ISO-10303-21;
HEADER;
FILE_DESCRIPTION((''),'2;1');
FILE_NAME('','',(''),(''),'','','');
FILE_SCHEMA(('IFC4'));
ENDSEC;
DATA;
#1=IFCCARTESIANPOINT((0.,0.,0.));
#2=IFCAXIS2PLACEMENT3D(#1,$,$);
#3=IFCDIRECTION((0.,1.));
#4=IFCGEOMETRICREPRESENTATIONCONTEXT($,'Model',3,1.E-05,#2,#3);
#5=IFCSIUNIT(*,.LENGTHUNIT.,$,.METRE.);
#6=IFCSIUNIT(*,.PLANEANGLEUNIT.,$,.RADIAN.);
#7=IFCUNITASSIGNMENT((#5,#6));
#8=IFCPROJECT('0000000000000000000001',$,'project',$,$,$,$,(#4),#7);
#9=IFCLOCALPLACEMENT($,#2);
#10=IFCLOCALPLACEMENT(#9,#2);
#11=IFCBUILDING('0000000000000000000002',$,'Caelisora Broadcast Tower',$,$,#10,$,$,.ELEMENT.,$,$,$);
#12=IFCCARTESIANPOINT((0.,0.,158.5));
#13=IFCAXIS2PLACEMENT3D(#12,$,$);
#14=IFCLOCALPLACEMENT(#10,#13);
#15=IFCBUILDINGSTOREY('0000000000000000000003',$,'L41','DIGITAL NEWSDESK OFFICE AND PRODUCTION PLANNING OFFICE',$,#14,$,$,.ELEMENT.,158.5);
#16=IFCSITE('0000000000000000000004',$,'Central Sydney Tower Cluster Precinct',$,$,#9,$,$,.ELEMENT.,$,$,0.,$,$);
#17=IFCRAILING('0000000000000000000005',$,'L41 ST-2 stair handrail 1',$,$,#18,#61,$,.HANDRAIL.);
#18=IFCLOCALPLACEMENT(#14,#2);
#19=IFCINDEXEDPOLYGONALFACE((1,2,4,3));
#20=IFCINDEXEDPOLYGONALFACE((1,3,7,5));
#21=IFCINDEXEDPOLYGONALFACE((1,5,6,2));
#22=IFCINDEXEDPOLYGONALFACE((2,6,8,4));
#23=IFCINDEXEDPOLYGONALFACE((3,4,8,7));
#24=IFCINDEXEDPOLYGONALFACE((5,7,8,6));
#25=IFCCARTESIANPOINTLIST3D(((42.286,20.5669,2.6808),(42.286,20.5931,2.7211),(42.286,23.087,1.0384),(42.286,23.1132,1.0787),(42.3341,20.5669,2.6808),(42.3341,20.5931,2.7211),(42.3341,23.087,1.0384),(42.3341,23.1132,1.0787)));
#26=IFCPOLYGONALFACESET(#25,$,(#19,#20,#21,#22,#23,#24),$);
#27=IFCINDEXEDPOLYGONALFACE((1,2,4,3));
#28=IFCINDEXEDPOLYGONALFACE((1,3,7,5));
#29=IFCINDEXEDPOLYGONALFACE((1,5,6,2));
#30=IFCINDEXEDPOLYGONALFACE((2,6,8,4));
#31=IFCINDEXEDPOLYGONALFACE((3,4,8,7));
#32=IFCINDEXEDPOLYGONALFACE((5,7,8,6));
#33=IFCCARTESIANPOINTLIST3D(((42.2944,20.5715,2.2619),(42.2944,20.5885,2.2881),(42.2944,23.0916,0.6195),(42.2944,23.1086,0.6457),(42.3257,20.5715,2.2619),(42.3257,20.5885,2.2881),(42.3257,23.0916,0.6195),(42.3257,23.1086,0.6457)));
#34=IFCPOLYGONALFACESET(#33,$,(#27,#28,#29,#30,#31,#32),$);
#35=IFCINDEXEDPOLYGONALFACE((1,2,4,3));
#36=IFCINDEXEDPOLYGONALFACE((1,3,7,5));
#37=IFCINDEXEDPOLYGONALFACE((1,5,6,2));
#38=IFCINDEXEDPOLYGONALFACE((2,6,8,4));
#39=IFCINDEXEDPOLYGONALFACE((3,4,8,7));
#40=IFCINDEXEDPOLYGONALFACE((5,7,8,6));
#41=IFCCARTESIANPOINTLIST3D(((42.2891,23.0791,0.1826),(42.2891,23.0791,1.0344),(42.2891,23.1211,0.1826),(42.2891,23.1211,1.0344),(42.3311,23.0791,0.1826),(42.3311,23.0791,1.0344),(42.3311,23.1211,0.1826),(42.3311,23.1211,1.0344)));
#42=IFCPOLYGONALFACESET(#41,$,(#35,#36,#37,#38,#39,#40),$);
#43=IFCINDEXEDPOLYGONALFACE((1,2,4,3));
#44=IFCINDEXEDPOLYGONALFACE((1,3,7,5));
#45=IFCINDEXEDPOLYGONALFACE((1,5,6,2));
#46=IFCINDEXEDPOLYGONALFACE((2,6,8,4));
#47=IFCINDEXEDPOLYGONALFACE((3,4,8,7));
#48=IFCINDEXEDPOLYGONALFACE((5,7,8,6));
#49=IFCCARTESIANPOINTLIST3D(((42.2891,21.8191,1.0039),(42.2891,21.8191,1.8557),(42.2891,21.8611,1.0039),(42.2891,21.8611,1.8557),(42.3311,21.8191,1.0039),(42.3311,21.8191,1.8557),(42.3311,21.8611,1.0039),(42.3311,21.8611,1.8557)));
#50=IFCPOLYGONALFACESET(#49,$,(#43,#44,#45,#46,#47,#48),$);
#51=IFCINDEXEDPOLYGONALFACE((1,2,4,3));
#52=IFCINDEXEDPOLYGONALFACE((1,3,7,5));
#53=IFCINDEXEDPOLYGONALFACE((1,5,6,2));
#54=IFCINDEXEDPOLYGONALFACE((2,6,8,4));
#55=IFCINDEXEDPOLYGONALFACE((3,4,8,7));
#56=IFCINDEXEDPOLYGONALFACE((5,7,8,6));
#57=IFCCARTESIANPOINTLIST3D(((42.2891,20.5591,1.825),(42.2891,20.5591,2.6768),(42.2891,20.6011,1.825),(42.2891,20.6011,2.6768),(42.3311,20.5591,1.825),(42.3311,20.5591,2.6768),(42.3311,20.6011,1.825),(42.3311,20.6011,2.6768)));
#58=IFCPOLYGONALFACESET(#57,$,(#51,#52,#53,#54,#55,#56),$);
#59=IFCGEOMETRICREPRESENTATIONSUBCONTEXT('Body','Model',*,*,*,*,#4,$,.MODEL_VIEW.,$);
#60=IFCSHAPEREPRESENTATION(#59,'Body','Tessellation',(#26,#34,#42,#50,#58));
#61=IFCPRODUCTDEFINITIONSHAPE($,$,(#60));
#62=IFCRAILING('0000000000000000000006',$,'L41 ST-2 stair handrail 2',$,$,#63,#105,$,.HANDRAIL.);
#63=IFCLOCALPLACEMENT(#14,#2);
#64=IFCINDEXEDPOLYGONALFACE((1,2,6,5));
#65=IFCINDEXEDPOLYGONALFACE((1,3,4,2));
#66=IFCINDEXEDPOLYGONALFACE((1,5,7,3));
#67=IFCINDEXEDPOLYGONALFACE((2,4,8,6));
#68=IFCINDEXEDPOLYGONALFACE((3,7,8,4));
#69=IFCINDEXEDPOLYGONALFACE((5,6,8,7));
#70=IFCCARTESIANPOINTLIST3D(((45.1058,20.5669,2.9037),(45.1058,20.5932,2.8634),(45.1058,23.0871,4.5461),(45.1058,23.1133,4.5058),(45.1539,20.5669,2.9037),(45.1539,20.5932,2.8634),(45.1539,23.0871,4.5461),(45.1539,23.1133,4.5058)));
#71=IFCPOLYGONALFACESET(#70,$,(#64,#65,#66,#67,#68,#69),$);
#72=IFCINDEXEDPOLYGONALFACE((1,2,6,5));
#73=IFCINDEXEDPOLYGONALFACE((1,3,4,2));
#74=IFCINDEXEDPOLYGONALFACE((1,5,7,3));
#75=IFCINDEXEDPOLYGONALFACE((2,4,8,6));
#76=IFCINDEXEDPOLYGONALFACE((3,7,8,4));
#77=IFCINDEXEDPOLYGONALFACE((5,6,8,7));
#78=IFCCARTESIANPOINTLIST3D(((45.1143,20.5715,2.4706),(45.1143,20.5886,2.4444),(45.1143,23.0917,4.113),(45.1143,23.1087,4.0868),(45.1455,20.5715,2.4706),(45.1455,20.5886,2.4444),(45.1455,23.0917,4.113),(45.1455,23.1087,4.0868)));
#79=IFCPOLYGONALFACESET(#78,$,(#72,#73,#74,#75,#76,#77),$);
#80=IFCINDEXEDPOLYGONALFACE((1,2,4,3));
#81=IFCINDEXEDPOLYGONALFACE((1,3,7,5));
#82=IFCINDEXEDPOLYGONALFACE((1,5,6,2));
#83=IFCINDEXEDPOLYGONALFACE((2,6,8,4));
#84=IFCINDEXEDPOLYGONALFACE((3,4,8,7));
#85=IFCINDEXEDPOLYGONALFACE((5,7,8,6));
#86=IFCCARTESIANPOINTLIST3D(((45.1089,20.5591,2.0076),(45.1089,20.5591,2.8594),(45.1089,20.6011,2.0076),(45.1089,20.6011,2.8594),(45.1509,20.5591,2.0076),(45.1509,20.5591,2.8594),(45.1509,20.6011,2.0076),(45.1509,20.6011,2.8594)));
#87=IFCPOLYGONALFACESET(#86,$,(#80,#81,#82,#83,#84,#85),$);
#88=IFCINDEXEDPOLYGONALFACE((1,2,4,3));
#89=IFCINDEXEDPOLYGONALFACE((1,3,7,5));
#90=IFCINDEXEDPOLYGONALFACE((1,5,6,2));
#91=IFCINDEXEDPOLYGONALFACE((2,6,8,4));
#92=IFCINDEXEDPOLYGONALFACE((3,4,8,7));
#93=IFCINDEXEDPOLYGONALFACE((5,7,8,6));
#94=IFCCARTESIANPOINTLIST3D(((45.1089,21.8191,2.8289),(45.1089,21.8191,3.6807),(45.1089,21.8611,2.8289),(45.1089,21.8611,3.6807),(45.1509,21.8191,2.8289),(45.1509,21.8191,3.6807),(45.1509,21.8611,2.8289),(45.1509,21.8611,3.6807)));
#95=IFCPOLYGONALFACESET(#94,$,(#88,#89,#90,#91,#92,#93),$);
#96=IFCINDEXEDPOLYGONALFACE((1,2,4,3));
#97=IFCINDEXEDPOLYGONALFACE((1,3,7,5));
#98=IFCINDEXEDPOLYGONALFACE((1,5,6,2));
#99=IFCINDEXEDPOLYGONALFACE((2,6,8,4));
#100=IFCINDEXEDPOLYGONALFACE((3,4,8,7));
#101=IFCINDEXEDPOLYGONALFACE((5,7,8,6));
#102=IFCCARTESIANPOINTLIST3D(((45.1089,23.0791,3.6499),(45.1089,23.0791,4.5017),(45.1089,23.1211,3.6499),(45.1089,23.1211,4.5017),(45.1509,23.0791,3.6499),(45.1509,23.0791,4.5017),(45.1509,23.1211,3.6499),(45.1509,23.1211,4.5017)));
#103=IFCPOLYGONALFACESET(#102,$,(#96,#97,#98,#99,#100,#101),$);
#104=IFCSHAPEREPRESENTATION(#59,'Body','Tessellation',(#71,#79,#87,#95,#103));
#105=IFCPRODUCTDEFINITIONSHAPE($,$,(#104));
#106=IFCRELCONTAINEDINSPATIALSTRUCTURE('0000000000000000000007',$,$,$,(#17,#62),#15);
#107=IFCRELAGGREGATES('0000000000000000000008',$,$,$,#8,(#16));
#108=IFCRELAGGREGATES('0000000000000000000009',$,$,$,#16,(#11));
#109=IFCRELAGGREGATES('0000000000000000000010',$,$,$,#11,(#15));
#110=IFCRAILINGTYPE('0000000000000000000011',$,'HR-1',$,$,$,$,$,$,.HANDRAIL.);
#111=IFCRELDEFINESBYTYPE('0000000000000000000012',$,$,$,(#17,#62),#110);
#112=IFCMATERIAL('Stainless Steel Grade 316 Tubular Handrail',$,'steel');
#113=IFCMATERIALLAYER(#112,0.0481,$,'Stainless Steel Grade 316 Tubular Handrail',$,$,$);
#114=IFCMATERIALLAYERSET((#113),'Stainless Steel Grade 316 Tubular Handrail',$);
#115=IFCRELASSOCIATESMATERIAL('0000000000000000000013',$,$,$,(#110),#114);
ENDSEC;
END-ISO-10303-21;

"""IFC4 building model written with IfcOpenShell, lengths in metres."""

from ifc_helpers import new_model, si_unit, direction, frame, origin, origin_2d, place, context, subcontext, project, spatial, rectangle, extrude, material, layer, layer_set, type_object, element, save


model = new_model("IFC4")

# Units and contexts
model_context = context("Model", 3, precision=1e-05, world=origin(), true_north=direction((0.0, 1.0)))
body_context = subcontext(model_context, "Body", "Model", "MODEL_VIEW")
ifc_project = project(units=[si_unit("LENGTHUNIT", "METRE"), si_unit("PLANEANGLEUNIT", "RADIAN")], contexts=[model_context])

# Site, building, storey
site_placement = place(None, origin())
site = spatial("IfcSite", under=ifc_project, at=site_placement, Name="Central Sydney Tower Cluster Precinct", CompositionType="ELEMENT", RefElevation=0.0)
building_placement = place(site_placement, origin())
building = spatial("IfcBuilding", under=site, at=building_placement, Name="Caelisora Broadcast Tower", CompositionType="ELEMENT")
storey_placement = place(building_placement, frame((0.0, 0.0, 158.5)))
storey = spatial("IfcBuildingStorey", under=building, at=storey_placement, Name="L41", Description="DIGITAL NEWSDESK OFFICE AND PRODUCTION PLANNING OFFICE", CompositionType="ELEMENT", Elevation=158.5)

# Railings
ifc_material_1 = material(Name="Stainless Steel Grade 316 Tubular Handrail", Category="steel")
ifc_layer_1 = layer(ifc_material_1, 0.0481, Name="Stainless Steel Grade 316 Tubular Handrail")
ifc_layer_set_1 = layer_set([ifc_layer_1], Name="Stainless Steel Grade 316 Tubular Handrail")
railing_type_1 = type_object("IfcRailingType", Name="HR-1", PredefinedType="HANDRAIL", material=ifc_layer_set_1)
railing_1_placement = place(storey_placement, frame((42.3101, 23.1001, 0.1826)))
element("IfcRailing", 1, at=railing_1_placement, inside=storey, type_object=railing_type_1, Name="L41 ST-2 stair handrail 1", PredefinedType="HANDRAIL", context=body_context, shape_type="SweptSolid", body=[
    extrude(rectangle(XDim=0.0481, YDim=0.0481, at=origin_2d()), frame((0.0, 0.0, 0.876), z_axis=(0.0, -0.837787, 0.545998), x_axis=(1.0, 0.0, 0.0)), (0.0, 0.0, 1.0), 3.0081),
    extrude(rectangle(XDim=0.0312, YDim=0.0312, at=origin_2d()), frame((0.0, 0.0, 0.45), z_axis=(0.0, -0.837787, 0.545998), x_axis=(1.0, 0.0, 0.0)), (0.0, 0.0, 1.0), 3.0081),
    extrude(rectangle(XDim=0.042, YDim=0.042, at=origin_2d()), origin(), (0.0, 0.0, 1.0), 0.8518),
    extrude(rectangle(XDim=0.042, YDim=0.042, at=origin_2d()), frame((0.0, -1.26, 0.8213)), (0.0, 0.0, 1.0), 0.8518),
    extrude(rectangle(XDim=0.042, YDim=0.042, at=origin_2d()), frame((0.0, -2.52, 1.6423)), (0.0, 0.0, 1.0), 0.8518),
])
railing_2_placement = place(storey_placement, frame((45.1299, 20.5801, 2.0076)))
element("IfcRailing", 2, at=railing_2_placement, inside=storey, type_object=railing_type_1, Name="L41 ST-2 stair handrail 2", PredefinedType="HANDRAIL", context=body_context, shape_type="SweptSolid", body=[
    extrude(rectangle(XDim=0.0481, YDim=0.0481, at=origin_2d()), frame((0.0, 0.0, 0.876), z_axis=(0.0, 0.837787, 0.545998), x_axis=(-1.0, 0.0, 0.0)), (0.0, 0.0, 1.0), 3.0081),
    extrude(rectangle(XDim=0.0312, YDim=0.0312, at=origin_2d()), frame((0.0, 0.0, 0.45), z_axis=(0.0, 0.837787, 0.545998), x_axis=(-1.0, 0.0, 0.0)), (0.0, 0.0, 1.0), 3.0081),
    extrude(rectangle(XDim=0.042, YDim=0.042, at=origin_2d()), origin(), (0.0, 0.0, 1.0), 0.8518),
    extrude(rectangle(XDim=0.042, YDim=0.042, at=origin_2d()), frame((0.0, 1.26, 0.8213)), (0.0, 0.0, 1.0), 0.8518),
    extrude(rectangle(XDim=0.042, YDim=0.042, at=origin_2d()), frame((0.0, 2.52, 1.6423)), (0.0, 0.0, 1.0), 0.8518),
])

save(model, "model.ifc")
